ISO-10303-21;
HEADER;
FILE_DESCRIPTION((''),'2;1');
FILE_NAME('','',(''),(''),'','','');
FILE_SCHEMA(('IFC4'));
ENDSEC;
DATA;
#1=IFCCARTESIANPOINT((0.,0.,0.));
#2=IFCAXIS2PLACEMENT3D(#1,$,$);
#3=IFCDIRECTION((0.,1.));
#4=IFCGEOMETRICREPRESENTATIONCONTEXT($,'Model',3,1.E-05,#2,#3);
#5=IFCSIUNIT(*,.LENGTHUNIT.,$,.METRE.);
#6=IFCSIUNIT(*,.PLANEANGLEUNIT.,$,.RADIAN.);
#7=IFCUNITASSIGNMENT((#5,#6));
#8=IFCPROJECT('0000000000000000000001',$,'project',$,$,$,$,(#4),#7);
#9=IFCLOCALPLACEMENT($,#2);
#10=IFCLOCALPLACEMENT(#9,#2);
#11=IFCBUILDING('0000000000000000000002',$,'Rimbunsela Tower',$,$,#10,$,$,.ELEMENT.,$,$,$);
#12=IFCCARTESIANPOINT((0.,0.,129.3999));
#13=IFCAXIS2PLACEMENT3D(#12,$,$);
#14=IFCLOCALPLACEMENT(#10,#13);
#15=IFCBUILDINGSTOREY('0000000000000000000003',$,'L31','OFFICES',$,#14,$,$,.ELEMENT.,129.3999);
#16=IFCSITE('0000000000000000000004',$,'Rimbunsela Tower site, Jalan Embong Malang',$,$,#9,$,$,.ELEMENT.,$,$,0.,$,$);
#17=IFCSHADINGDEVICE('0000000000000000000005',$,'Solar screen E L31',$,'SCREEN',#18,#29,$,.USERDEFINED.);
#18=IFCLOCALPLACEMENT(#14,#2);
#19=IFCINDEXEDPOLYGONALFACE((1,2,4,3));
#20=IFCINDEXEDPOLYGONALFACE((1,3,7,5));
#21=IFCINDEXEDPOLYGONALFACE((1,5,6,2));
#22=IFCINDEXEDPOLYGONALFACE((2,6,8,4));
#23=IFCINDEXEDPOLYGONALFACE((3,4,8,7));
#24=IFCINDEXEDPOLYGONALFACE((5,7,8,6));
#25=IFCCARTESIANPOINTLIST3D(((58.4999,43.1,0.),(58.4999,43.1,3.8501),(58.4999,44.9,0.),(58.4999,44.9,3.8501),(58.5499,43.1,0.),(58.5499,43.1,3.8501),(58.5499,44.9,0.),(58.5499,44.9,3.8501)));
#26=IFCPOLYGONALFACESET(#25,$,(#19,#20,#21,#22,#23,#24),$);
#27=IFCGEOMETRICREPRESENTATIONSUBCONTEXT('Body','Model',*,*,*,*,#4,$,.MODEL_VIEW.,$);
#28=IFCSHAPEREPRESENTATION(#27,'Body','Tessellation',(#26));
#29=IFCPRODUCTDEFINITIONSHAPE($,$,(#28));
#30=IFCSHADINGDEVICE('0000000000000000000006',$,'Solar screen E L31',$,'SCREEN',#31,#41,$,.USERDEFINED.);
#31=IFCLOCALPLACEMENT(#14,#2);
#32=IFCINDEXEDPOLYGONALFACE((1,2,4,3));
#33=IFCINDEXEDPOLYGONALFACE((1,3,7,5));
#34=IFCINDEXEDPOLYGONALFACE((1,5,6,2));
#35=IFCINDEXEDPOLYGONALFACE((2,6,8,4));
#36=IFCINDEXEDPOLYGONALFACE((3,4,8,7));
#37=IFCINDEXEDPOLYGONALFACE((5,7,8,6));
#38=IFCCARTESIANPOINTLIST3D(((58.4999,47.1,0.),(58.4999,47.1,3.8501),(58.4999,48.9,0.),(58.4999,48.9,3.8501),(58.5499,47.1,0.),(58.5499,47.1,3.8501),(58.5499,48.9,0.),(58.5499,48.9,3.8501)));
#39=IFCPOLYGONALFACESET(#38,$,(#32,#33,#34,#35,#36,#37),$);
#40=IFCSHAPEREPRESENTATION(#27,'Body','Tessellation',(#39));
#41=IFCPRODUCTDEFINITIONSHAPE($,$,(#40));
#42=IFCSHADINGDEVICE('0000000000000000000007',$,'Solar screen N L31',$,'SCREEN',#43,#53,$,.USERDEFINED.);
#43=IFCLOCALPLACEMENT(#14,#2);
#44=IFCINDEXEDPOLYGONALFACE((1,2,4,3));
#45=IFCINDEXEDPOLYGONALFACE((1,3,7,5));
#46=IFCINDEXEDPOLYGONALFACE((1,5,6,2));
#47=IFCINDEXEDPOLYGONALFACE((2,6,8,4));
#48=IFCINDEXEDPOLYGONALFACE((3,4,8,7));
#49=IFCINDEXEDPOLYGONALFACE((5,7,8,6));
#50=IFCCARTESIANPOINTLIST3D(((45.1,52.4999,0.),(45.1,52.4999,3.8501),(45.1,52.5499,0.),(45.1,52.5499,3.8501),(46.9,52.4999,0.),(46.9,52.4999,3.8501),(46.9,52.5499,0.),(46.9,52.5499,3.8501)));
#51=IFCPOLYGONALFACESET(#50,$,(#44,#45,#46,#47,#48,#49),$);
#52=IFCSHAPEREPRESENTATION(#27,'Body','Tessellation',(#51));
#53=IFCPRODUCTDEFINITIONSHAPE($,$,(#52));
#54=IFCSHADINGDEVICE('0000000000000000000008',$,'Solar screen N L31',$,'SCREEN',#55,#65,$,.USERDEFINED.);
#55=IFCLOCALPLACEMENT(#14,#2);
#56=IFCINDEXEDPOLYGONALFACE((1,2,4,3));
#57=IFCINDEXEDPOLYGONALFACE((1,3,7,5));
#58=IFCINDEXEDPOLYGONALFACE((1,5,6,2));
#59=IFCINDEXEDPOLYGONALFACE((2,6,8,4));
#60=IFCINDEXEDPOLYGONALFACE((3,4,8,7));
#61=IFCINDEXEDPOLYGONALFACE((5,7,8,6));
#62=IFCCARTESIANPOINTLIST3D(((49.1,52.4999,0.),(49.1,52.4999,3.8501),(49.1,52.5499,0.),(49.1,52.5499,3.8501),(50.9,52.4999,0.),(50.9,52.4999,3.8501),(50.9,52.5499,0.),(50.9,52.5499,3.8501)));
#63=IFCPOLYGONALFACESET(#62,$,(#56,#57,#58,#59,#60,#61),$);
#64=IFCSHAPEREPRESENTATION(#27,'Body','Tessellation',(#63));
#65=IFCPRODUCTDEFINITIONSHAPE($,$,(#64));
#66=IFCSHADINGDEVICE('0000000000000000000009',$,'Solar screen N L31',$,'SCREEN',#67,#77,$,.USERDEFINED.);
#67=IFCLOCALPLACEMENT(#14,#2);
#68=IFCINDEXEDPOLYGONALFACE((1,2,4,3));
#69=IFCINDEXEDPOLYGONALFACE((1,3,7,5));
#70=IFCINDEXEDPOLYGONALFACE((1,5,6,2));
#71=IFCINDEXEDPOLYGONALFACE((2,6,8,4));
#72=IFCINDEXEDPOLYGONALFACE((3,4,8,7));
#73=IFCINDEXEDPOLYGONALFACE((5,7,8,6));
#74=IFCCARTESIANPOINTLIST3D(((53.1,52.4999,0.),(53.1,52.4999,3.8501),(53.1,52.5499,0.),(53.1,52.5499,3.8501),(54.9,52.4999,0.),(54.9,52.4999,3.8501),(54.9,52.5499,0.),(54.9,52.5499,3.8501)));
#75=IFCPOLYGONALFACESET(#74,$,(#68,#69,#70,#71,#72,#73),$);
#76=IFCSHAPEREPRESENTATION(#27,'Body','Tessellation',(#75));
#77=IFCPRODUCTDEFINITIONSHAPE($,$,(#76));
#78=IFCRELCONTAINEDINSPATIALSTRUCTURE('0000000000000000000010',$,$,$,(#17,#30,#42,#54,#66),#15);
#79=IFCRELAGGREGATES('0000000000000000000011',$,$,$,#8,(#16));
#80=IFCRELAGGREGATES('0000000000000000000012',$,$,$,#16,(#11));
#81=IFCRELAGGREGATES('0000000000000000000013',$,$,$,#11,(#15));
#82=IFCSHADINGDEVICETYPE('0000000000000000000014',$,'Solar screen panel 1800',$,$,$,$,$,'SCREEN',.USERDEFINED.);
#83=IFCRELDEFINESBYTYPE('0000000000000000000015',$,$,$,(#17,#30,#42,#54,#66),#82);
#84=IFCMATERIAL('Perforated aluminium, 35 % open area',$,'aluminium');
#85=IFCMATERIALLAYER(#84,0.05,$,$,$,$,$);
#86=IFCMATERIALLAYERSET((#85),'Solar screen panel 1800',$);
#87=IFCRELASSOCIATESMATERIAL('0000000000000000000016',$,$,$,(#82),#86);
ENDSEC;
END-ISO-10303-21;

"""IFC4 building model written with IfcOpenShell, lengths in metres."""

from ifc_helpers import new_model, si_unit, direction, frame, origin, origin_2d, place, context, subcontext, project, spatial, rectangle, extrude, material, layer, layer_set, type_object, element, save


model = new_model("IFC4")

# Units and contexts
model_context = context("Model", 3, precision=1e-05, world=origin(), true_north=direction((0.0, 1.0)))
body_context = subcontext(model_context, "Body", "Model", "MODEL_VIEW")
ifc_project = project(units=[si_unit("LENGTHUNIT", "METRE"), si_unit("PLANEANGLEUNIT", "RADIAN")], contexts=[model_context])

# Site, building, storey
site_placement = place(None, origin())
site = spatial("IfcSite", under=ifc_project, at=site_placement, Name="Rimbunsela Tower site, Jalan Embong Malang", CompositionType="ELEMENT", RefElevation=0.0)
building_placement = place(site_placement, origin())
building = spatial("IfcBuilding", under=site, at=building_placement, Name="Rimbunsela Tower", CompositionType="ELEMENT")
storey_placement = place(building_placement, frame((0.0, 0.0, 129.3999)))
storey = spatial("IfcBuildingStorey", under=building, at=storey_placement, Name="L31", Description="OFFICES", CompositionType="ELEMENT", Elevation=129.3999)

# Shading devices
ifc_material_1 = material(Name="Perforated aluminium, 35 % open area", Category="aluminium")
ifc_layer_1 = layer(ifc_material_1, 0.05)
ifc_layer_set_1 = layer_set([ifc_layer_1], Name="Solar screen panel 1800")
shading_device_type = type_object("IfcShadingDeviceType", Name="Solar screen panel 1800", ElementType="SCREEN", PredefinedType="USERDEFINED", material=ifc_layer_set_1)
for number, where, z_axis, x_axis, name in (
    (1, (58.5249, 44.0, 0.0), (0.0, 0.0, 1.0), (0.0, 1.0, 0.0), "Solar screen E L31"),
    (2, (58.5249, 48.0, 0.0), (0.0, 0.0, 1.0), (0.0, 1.0, 0.0), "Solar screen E L31"),
    (3, (46.0, 52.5249, 0.0), (0.0, 0.0, 1.0), (1.0, 0.0, 0.0), "Solar screen N L31"),
    (4, (50.0, 52.5249, 0.0), (0.0, 0.0, 1.0), (1.0, 0.0, 0.0), "Solar screen N L31"),
    (5, (54.0, 52.5249, 0.0), (0.0, 0.0, 1.0), (1.0, 0.0, 0.0), "Solar screen N L31"),
):
    element("IfcShadingDevice", number, at=place(storey_placement, frame(where, z_axis=z_axis, x_axis=x_axis)), inside=storey, type_object=shading_device_type, Name=name, ObjectType="SCREEN", PredefinedType="USERDEFINED", context=body_context, shape_type="SweptSolid", body=[
        extrude(rectangle(XDim=1.8, YDim=0.05, at=origin_2d()), origin(), (0.0, 0.0, 1.0), 3.8501),
    ])

save(model, "model.ifc")
